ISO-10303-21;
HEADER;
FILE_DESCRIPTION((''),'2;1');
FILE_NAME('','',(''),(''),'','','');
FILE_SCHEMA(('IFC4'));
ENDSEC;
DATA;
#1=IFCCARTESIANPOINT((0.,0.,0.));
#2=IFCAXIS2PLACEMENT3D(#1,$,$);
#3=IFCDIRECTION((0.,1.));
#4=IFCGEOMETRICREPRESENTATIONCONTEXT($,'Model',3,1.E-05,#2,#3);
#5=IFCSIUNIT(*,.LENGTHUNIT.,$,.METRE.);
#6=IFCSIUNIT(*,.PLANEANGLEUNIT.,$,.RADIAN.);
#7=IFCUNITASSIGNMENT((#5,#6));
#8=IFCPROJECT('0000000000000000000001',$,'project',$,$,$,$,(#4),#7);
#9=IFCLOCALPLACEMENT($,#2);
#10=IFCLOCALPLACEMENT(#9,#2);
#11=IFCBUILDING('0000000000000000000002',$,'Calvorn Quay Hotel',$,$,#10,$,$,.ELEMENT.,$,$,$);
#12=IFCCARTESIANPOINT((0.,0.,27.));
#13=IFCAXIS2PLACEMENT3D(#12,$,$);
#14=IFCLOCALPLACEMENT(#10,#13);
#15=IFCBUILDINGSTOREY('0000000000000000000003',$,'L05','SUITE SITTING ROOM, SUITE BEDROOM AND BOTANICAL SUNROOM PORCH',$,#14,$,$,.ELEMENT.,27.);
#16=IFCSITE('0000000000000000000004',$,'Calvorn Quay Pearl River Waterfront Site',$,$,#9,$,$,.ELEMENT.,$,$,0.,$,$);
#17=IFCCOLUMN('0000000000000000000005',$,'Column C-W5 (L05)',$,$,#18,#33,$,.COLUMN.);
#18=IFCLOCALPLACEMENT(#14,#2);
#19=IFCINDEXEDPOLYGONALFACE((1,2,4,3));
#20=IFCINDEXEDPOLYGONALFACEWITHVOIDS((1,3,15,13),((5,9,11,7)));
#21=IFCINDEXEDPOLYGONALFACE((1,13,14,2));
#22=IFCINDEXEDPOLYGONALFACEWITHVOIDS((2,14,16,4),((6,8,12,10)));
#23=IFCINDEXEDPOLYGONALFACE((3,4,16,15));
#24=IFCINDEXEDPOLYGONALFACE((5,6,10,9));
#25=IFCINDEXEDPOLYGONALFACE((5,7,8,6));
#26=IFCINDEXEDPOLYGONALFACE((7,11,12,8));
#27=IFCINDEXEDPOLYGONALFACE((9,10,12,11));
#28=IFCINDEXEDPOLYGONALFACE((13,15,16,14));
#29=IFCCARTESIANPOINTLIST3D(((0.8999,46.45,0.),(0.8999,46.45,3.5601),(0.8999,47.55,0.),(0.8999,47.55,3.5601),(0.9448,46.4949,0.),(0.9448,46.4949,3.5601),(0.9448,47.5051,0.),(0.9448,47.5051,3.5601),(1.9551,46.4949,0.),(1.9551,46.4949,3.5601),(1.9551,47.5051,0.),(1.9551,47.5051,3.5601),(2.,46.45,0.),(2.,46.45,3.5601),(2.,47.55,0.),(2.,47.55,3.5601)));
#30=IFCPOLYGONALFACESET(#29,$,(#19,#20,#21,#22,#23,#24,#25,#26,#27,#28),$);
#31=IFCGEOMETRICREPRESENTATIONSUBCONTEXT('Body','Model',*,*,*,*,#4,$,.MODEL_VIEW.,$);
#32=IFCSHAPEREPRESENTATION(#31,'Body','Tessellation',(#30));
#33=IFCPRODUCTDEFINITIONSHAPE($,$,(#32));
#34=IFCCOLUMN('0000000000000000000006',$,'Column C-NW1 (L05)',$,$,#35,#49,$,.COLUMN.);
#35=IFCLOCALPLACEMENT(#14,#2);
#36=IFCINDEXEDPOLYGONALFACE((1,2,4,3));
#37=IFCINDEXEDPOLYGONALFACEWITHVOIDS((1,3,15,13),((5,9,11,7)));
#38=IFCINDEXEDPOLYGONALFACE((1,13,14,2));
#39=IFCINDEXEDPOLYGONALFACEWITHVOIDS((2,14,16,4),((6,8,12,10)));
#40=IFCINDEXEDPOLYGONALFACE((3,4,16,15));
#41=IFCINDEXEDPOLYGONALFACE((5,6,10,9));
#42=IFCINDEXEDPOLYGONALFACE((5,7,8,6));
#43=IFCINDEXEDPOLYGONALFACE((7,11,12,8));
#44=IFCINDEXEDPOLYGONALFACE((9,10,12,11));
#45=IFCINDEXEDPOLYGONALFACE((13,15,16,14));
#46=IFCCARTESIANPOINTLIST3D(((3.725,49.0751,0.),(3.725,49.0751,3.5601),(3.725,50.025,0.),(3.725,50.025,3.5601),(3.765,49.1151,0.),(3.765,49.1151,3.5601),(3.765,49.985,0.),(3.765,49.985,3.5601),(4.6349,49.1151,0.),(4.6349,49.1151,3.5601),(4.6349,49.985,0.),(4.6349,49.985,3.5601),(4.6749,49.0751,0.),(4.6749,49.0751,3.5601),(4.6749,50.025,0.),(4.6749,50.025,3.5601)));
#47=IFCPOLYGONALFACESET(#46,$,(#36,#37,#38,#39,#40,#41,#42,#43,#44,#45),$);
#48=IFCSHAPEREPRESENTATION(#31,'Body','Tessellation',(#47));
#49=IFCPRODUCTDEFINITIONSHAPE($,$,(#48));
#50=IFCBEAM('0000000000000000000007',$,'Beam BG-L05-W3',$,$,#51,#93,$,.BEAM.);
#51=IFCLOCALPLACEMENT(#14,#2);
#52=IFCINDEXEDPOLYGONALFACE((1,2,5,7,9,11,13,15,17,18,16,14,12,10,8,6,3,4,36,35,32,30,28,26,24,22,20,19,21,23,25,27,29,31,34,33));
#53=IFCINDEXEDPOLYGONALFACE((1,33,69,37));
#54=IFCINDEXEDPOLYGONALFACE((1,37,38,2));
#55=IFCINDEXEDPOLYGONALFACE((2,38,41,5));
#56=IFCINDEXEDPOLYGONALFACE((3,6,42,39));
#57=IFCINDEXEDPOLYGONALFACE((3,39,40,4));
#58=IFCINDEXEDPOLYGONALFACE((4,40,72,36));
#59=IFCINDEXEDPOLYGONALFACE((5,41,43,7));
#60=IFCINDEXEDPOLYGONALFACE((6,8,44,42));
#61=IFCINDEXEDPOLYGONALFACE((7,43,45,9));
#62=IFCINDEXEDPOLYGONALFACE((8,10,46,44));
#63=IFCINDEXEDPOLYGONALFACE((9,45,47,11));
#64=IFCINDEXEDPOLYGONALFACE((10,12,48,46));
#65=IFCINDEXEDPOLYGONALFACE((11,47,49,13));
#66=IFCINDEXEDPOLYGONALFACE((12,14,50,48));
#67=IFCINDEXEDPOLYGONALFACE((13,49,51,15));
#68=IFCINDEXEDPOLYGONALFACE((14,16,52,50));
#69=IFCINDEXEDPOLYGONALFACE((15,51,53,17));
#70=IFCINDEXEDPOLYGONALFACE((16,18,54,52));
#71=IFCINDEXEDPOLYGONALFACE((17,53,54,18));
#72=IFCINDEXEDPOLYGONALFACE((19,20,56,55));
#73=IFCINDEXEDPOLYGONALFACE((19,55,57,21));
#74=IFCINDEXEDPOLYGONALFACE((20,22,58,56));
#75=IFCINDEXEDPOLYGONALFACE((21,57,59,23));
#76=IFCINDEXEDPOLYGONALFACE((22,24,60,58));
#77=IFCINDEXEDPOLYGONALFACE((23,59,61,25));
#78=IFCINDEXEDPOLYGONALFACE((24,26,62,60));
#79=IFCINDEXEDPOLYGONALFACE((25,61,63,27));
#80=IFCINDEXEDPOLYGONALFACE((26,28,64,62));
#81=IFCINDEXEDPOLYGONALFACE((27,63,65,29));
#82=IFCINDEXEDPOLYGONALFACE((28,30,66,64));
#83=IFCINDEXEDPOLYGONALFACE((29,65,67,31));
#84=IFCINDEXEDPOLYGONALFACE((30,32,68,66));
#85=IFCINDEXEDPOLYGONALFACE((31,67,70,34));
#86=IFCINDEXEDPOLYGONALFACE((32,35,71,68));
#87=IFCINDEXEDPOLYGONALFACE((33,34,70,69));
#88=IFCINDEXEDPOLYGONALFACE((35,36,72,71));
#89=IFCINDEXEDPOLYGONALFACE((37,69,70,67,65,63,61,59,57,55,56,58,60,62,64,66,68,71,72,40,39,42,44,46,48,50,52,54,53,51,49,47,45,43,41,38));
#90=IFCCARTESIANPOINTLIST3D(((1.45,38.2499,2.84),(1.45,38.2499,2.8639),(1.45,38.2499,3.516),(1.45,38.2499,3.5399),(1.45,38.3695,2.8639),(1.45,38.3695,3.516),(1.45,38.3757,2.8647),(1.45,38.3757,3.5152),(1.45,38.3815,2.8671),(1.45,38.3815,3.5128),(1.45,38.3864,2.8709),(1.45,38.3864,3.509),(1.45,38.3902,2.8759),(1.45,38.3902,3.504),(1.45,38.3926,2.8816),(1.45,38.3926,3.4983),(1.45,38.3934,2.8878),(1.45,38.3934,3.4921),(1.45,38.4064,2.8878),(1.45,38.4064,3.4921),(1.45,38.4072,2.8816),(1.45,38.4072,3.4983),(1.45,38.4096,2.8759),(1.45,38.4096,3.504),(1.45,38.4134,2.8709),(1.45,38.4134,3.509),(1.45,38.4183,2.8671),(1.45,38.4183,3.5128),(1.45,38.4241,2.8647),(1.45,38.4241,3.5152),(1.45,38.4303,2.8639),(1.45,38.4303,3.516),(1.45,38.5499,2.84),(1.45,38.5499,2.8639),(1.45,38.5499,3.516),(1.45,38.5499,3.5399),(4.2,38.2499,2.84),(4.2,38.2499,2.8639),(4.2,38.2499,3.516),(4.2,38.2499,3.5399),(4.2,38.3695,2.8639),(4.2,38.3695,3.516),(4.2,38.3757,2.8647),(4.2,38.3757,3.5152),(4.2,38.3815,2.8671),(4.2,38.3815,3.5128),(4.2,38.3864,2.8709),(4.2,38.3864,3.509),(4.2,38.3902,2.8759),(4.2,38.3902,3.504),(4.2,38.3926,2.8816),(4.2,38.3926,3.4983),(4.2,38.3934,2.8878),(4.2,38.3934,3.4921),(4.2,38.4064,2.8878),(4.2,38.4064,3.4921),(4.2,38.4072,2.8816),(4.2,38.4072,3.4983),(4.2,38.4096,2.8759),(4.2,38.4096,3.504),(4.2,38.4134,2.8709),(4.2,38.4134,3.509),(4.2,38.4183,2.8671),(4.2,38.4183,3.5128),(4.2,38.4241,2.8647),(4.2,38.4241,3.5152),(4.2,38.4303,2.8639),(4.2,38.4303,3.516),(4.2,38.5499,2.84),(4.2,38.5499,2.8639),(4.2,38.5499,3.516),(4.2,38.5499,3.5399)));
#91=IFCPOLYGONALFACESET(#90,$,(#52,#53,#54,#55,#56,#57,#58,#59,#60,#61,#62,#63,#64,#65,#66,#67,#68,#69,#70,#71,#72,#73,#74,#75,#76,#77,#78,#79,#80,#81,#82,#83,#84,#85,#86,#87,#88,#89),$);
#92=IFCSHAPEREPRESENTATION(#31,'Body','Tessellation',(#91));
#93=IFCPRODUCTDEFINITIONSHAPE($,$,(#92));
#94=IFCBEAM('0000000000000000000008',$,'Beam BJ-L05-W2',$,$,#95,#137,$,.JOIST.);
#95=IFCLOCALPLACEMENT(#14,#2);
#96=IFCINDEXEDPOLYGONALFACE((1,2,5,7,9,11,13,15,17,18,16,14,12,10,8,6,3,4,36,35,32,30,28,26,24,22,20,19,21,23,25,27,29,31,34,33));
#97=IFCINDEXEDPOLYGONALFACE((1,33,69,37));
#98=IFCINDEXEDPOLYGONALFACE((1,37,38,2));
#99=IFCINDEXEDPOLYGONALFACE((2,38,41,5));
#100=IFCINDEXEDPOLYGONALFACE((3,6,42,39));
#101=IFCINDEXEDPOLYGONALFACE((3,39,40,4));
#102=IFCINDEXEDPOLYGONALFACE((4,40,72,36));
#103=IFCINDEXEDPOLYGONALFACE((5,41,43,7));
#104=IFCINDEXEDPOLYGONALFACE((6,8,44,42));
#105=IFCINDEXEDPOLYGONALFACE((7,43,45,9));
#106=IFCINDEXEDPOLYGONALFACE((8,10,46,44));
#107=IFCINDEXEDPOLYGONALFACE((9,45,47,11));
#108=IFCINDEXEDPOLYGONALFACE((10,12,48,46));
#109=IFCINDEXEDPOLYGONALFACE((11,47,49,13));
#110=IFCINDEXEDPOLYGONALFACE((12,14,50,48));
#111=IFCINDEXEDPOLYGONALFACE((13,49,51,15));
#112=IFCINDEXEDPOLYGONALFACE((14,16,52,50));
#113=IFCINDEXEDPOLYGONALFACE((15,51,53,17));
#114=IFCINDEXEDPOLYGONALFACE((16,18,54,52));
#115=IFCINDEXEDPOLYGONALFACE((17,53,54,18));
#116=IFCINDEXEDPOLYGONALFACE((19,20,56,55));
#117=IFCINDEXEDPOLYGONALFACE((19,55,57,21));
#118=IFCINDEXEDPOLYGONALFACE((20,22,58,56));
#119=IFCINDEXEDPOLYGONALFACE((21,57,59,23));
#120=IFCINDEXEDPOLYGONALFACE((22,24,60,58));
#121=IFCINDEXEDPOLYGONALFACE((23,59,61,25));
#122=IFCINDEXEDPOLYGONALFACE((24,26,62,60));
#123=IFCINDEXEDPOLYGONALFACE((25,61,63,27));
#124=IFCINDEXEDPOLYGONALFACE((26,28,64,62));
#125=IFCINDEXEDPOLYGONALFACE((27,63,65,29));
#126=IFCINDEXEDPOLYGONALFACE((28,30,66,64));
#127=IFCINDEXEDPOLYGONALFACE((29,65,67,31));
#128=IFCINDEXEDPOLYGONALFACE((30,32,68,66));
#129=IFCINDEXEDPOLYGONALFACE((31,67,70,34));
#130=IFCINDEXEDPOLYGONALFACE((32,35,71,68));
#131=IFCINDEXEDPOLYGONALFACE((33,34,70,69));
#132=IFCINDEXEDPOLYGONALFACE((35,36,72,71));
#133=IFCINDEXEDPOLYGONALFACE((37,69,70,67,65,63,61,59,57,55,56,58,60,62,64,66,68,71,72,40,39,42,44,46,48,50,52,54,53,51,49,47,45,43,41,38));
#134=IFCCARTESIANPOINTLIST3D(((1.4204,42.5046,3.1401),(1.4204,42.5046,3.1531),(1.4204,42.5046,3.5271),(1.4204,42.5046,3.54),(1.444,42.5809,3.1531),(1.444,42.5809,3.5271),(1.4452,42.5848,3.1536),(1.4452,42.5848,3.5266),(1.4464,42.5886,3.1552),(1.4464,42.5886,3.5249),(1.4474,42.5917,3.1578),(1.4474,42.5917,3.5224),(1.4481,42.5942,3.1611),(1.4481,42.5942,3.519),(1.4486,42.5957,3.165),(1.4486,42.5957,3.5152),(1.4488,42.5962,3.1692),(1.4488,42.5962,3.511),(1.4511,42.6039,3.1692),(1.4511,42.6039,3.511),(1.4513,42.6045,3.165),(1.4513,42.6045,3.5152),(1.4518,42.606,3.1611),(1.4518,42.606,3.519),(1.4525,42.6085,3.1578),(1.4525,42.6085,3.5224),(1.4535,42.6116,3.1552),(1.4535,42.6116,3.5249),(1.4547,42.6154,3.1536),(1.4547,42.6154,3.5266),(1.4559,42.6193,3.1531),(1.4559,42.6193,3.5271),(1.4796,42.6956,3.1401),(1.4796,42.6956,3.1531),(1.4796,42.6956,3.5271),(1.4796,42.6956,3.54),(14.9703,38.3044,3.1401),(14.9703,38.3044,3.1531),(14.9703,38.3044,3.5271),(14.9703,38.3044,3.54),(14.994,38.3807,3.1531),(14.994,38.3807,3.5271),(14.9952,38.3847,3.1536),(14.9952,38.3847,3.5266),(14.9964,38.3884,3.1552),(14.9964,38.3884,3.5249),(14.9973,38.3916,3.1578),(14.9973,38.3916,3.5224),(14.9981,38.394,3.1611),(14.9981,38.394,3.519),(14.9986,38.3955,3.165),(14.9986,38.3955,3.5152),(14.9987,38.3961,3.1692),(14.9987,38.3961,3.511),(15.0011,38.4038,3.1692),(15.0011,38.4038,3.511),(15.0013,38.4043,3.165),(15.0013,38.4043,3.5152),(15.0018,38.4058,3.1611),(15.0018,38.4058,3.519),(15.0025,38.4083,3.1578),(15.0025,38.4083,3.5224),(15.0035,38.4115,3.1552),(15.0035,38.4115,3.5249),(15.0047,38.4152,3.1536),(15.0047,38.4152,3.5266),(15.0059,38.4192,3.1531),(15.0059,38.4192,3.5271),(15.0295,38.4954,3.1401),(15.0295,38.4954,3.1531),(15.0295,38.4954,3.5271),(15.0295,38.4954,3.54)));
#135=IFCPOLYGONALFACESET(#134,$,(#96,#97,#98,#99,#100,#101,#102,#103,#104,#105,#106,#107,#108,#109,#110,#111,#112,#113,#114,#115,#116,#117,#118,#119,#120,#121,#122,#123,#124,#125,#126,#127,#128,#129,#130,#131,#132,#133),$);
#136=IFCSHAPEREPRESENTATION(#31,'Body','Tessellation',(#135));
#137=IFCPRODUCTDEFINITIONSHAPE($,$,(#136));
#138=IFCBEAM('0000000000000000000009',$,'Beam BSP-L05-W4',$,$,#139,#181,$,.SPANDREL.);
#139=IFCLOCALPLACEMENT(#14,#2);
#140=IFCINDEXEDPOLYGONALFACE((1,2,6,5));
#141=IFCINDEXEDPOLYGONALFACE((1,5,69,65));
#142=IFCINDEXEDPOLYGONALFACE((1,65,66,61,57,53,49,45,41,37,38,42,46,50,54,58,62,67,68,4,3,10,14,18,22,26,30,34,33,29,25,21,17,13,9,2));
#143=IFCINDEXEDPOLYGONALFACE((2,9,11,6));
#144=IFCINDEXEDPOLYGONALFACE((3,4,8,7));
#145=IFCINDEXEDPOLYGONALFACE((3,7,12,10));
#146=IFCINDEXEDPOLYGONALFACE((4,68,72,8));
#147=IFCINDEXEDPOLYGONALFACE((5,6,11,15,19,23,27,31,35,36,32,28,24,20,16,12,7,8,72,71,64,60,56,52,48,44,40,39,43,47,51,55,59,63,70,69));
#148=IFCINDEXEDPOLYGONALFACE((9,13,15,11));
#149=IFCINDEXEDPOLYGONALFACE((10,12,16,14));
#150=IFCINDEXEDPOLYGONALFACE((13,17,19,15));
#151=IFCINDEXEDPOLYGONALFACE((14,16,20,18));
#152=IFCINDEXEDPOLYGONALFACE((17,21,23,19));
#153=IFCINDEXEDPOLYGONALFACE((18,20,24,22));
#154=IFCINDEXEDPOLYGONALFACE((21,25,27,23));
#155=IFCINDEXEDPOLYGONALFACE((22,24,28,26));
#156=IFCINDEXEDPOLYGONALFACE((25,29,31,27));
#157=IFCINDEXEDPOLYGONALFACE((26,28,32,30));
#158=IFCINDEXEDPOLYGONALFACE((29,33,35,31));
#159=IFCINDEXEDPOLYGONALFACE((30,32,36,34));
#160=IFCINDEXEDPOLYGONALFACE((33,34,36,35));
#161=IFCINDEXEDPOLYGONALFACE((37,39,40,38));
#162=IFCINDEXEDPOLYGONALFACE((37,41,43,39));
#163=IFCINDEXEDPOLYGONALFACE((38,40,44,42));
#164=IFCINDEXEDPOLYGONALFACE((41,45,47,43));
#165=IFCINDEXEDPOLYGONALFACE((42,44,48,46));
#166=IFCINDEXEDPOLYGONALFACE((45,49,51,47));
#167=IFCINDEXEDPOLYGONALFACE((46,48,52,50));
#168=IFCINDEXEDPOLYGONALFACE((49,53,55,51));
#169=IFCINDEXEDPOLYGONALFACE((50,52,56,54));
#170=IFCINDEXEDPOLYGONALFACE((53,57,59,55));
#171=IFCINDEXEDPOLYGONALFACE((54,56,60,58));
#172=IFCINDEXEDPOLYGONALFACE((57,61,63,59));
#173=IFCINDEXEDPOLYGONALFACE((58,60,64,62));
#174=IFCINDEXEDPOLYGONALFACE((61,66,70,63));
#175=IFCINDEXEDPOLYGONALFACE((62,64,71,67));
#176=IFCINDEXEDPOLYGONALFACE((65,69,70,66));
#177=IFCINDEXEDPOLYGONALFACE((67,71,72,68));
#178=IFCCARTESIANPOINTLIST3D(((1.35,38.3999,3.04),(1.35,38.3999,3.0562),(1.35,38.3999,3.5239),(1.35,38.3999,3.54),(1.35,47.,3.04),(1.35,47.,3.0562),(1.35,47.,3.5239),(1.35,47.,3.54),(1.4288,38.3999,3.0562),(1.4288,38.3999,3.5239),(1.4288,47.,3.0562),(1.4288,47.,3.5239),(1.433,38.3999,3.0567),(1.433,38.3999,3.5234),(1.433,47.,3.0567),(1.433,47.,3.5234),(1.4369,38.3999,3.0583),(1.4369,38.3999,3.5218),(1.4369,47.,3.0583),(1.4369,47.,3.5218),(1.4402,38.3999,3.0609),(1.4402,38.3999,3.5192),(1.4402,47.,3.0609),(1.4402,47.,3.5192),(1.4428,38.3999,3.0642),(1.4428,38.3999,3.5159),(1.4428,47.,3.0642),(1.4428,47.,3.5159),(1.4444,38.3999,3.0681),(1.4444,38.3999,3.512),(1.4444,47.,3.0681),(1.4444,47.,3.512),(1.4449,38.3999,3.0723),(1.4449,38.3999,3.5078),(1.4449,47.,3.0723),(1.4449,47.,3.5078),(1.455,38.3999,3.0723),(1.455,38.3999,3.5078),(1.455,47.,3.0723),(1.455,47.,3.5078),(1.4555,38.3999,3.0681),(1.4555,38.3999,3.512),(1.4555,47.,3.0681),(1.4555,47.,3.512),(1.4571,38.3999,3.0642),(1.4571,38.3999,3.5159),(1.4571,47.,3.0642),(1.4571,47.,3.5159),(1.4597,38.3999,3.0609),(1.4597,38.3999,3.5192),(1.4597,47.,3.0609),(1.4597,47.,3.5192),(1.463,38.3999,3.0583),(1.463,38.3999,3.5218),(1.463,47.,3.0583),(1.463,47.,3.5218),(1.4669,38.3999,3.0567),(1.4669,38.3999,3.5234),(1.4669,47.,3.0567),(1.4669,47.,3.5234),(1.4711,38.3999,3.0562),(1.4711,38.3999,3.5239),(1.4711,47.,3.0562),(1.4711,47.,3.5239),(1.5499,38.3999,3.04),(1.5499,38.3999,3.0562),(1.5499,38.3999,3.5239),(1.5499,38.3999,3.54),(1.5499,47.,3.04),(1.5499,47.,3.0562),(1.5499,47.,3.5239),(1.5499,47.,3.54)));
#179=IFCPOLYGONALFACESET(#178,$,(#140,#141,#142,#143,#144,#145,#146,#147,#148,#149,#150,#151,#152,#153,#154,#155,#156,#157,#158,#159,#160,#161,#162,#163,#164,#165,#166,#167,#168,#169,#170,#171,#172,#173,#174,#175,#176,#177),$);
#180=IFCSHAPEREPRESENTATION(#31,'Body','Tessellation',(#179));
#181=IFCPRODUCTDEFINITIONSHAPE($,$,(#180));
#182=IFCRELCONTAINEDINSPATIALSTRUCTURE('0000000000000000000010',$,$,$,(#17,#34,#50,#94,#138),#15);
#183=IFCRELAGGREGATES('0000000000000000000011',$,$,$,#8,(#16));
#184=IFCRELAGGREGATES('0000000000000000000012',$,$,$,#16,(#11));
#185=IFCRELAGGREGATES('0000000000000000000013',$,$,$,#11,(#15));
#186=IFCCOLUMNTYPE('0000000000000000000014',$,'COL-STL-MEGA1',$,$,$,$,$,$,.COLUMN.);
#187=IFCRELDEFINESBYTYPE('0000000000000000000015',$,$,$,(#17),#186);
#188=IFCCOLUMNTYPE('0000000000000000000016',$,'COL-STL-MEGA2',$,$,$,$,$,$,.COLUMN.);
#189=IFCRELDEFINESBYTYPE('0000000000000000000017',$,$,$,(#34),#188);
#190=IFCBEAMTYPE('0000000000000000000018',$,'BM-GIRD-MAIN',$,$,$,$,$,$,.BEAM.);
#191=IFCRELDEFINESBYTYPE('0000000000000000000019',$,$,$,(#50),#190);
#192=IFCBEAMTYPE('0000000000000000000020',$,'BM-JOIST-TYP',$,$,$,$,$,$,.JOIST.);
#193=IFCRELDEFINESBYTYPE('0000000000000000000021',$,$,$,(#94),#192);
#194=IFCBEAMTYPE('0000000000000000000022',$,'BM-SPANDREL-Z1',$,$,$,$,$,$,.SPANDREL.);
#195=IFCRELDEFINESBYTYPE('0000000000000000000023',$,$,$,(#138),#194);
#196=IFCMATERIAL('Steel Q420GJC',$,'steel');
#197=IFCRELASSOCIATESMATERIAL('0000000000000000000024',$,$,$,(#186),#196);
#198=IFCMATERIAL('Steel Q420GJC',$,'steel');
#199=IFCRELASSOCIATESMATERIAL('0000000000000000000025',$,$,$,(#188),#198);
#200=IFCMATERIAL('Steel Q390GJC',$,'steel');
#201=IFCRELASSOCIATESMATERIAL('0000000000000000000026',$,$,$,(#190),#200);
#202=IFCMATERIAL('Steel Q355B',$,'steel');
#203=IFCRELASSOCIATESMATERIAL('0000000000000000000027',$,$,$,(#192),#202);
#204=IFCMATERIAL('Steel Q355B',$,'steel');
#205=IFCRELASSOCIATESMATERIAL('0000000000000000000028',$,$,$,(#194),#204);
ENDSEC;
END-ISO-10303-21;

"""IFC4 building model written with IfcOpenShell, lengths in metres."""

from ifc_helpers import new_model, si_unit, direction, frame, origin, origin_2d, place, context, subcontext, project, spatial, hollow_rectangle, i_section, extrude, material, material_profile, profile_set, type_object, element, save


model = new_model("IFC4")

# Units and contexts
model_context = context("Model", 3, precision=1e-05, world=origin(), true_north=direction((0.0, 1.0)))
body_context = subcontext(model_context, "Body", "Model", "MODEL_VIEW")
ifc_project = project(units=[si_unit("LENGTHUNIT", "METRE"), si_unit("PLANEANGLEUNIT", "RADIAN")], contexts=[model_context])

# Site, building, storey
site_placement = place(None, origin())
site = spatial("IfcSite", under=ifc_project, at=site_placement, Name="Calvorn Quay Pearl River Waterfront Site", CompositionType="ELEMENT", RefElevation=0.0)
building_placement = place(site_placement, origin())
building = spatial("IfcBuilding", under=site, at=building_placement, Name="Calvorn Quay Hotel", CompositionType="ELEMENT")
storey_placement = place(building_placement, frame((0.0, 0.0, 27.0)))
storey = spatial("IfcBuildingStorey", under=building, at=storey_placement, Name="L05", Description="SUITE SITTING ROOM, SUITE BEDROOM AND BOTANICAL SUNROOM PORCH", CompositionType="ELEMENT", Elevation=27.0)

# Columns
ifc_material_1 = material(Name="Steel Q420GJC", Category="steel")
ifc_material_profile_1 = material_profile(ifc_material_1, hollow_rectangle(XDim=1.1001, YDim=1.1001, WallThickness=0.0449, at=origin_2d()), Name="BOX1100x1100x45")
ifc_profile_set_1 = profile_set([ifc_material_profile_1], Name="Steel Q420GJC")
column_type_1 = type_object("IfcColumnType", Name="COL-STL-MEGA1", PredefinedType="COLUMN", material=ifc_profile_set_1)
column_1_placement = place(storey_placement, frame((1.45, 47.0, 0.0), z_axis=(0.0, 0.0, 1.0), x_axis=(1.0, 0.0, 0.0)))
element("IfcColumn", 1, at=column_1_placement, inside=storey, type_object=column_type_1, Name="Column C-W5 (L05)", PredefinedType="COLUMN", context=body_context, shape_type="SweptSolid", body=[
    extrude(hollow_rectangle(XDim=1.1001, YDim=1.1001, WallThickness=0.0449, at=origin_2d()), origin(), (0.0, 0.0, 1.0), 3.5601),
])
ifc_material_2 = material(Name="Steel Q420GJC", Category="steel")
ifc_material_profile_2 = material_profile(ifc_material_2, hollow_rectangle(XDim=0.95, YDim=0.95, WallThickness=0.04, at=origin_2d()), Name="BOX950x950x40")
ifc_profile_set_2 = profile_set([ifc_material_profile_2], Name="Steel Q420GJC")
column_type_2 = type_object("IfcColumnType", Name="COL-STL-MEGA2", PredefinedType="COLUMN", material=ifc_profile_set_2)
column_2_placement = place(storey_placement, frame((4.2, 49.55, 0.0), z_axis=(0.0, 0.0, 1.0), x_axis=(1.0, 0.0, 0.0)))
element("IfcColumn", 2, at=column_2_placement, inside=storey, type_object=column_type_2, Name="Column C-NW1 (L05)", PredefinedType="COLUMN", context=body_context, shape_type="SweptSolid", body=[
    extrude(hollow_rectangle(XDim=0.95, YDim=0.95, WallThickness=0.04, at=origin_2d()), origin(), (0.0, 0.0, 1.0), 3.5601),
])

# Beams
ifc_material_3 = material(Name="Steel Q390GJC", Category="steel")
ifc_material_profile_3 = material_profile(ifc_material_3, i_section(OverallWidth=0.3, OverallDepth=0.7, WebThickness=0.0129, FlangeThickness=0.0239, FilletRadius=0.0239, at=origin_2d()), Name="HN700x300x13x24")
ifc_profile_set_3 = profile_set([ifc_material_profile_3], Name="Steel Q390GJC")
beam_type_1 = type_object("IfcBeamType", Name="BM-GIRD-MAIN", PredefinedType="BEAM", material=ifc_profile_set_3)
beam_1_placement = place(storey_placement, frame((1.45, 38.3999, 3.1899), z_axis=(1.0, 0.0, 0.0), x_axis=(0.0, 1.0, 0.0)))
element("IfcBeam", 3, at=beam_1_placement, inside=storey, type_object=beam_type_1, Name="Beam BG-L05-W3", PredefinedType="BEAM", context=body_context, shape_type="SweptSolid", body=[
    extrude(i_section(OverallWidth=0.3, OverallDepth=0.7, WebThickness=0.0129, FlangeThickness=0.0239, FilletRadius=0.0239, at=origin_2d()), origin(), (0.0, 0.0, 1.0), 2.75),
])
ifc_material_4 = material(Name="Steel Q355B", Category="steel")
ifc_material_profile_4 = material_profile(ifc_material_4, i_section(OverallWidth=0.2, OverallDepth=0.3999, WebThickness=0.0081, FlangeThickness=0.0129, FilletRadius=0.0161, at=origin_2d()), Name="HN400x200x8x13")
ifc_profile_set_4 = profile_set([ifc_material_profile_4], Name="Steel Q355B")
beam_type_2 = type_object("IfcBeamType", Name="BM-JOIST-TYP", PredefinedType="JOIST", material=ifc_profile_set_4)
beam_2_placement = place(storey_placement, frame((1.45, 42.6001, 3.3401), z_axis=(0.955164, -0.296078, 0.0), x_axis=(0.296078, 0.955164, 0.0)))
element("IfcBeam", 4, at=beam_2_placement, inside=storey, type_object=beam_type_2, Name="Beam BJ-L05-W2", PredefinedType="JOIST", context=body_context, shape_type="SweptSolid", body=[
    extrude(i_section(OverallWidth=0.2, OverallDepth=0.3999, WebThickness=0.0081, FlangeThickness=0.0129, FilletRadius=0.0161, at=origin_2d()), origin(), (0.0, 0.0, 1.0), 14.186),
])
ifc_material_5 = material(Name="Steel Q355B", Category="steel")
ifc_material_profile_5 = material_profile(ifc_material_5, i_section(OverallWidth=0.2, OverallDepth=0.5, WebThickness=0.01, FlangeThickness=0.0161, FilletRadius=0.0161, at=origin_2d()), Name="HN500x200x10x16")
ifc_profile_set_5 = profile_set([ifc_material_profile_5], Name="Steel Q355B")
beam_type_3 = type_object("IfcBeamType", Name="BM-SPANDREL-Z1", PredefinedType="SPANDREL", material=ifc_profile_set_5)
beam_3_placement = place(storey_placement, frame((1.45, 38.3999, 3.29), z_axis=(0.0, 1.0, 0.0), x_axis=(-1.0, 0.0, 0.0)))
element("IfcBeam", 5, at=beam_3_placement, inside=storey, type_object=beam_type_3, Name="Beam BSP-L05-W4", PredefinedType="SPANDREL", context=body_context, shape_type="SweptSolid", body=[
    extrude(i_section(OverallWidth=0.2, OverallDepth=0.5, WebThickness=0.01, FlangeThickness=0.0161, FilletRadius=0.0161, at=origin_2d()), origin(), (0.0, 0.0, 1.0), 8.6001),
])

save(model, "model.ifc")
